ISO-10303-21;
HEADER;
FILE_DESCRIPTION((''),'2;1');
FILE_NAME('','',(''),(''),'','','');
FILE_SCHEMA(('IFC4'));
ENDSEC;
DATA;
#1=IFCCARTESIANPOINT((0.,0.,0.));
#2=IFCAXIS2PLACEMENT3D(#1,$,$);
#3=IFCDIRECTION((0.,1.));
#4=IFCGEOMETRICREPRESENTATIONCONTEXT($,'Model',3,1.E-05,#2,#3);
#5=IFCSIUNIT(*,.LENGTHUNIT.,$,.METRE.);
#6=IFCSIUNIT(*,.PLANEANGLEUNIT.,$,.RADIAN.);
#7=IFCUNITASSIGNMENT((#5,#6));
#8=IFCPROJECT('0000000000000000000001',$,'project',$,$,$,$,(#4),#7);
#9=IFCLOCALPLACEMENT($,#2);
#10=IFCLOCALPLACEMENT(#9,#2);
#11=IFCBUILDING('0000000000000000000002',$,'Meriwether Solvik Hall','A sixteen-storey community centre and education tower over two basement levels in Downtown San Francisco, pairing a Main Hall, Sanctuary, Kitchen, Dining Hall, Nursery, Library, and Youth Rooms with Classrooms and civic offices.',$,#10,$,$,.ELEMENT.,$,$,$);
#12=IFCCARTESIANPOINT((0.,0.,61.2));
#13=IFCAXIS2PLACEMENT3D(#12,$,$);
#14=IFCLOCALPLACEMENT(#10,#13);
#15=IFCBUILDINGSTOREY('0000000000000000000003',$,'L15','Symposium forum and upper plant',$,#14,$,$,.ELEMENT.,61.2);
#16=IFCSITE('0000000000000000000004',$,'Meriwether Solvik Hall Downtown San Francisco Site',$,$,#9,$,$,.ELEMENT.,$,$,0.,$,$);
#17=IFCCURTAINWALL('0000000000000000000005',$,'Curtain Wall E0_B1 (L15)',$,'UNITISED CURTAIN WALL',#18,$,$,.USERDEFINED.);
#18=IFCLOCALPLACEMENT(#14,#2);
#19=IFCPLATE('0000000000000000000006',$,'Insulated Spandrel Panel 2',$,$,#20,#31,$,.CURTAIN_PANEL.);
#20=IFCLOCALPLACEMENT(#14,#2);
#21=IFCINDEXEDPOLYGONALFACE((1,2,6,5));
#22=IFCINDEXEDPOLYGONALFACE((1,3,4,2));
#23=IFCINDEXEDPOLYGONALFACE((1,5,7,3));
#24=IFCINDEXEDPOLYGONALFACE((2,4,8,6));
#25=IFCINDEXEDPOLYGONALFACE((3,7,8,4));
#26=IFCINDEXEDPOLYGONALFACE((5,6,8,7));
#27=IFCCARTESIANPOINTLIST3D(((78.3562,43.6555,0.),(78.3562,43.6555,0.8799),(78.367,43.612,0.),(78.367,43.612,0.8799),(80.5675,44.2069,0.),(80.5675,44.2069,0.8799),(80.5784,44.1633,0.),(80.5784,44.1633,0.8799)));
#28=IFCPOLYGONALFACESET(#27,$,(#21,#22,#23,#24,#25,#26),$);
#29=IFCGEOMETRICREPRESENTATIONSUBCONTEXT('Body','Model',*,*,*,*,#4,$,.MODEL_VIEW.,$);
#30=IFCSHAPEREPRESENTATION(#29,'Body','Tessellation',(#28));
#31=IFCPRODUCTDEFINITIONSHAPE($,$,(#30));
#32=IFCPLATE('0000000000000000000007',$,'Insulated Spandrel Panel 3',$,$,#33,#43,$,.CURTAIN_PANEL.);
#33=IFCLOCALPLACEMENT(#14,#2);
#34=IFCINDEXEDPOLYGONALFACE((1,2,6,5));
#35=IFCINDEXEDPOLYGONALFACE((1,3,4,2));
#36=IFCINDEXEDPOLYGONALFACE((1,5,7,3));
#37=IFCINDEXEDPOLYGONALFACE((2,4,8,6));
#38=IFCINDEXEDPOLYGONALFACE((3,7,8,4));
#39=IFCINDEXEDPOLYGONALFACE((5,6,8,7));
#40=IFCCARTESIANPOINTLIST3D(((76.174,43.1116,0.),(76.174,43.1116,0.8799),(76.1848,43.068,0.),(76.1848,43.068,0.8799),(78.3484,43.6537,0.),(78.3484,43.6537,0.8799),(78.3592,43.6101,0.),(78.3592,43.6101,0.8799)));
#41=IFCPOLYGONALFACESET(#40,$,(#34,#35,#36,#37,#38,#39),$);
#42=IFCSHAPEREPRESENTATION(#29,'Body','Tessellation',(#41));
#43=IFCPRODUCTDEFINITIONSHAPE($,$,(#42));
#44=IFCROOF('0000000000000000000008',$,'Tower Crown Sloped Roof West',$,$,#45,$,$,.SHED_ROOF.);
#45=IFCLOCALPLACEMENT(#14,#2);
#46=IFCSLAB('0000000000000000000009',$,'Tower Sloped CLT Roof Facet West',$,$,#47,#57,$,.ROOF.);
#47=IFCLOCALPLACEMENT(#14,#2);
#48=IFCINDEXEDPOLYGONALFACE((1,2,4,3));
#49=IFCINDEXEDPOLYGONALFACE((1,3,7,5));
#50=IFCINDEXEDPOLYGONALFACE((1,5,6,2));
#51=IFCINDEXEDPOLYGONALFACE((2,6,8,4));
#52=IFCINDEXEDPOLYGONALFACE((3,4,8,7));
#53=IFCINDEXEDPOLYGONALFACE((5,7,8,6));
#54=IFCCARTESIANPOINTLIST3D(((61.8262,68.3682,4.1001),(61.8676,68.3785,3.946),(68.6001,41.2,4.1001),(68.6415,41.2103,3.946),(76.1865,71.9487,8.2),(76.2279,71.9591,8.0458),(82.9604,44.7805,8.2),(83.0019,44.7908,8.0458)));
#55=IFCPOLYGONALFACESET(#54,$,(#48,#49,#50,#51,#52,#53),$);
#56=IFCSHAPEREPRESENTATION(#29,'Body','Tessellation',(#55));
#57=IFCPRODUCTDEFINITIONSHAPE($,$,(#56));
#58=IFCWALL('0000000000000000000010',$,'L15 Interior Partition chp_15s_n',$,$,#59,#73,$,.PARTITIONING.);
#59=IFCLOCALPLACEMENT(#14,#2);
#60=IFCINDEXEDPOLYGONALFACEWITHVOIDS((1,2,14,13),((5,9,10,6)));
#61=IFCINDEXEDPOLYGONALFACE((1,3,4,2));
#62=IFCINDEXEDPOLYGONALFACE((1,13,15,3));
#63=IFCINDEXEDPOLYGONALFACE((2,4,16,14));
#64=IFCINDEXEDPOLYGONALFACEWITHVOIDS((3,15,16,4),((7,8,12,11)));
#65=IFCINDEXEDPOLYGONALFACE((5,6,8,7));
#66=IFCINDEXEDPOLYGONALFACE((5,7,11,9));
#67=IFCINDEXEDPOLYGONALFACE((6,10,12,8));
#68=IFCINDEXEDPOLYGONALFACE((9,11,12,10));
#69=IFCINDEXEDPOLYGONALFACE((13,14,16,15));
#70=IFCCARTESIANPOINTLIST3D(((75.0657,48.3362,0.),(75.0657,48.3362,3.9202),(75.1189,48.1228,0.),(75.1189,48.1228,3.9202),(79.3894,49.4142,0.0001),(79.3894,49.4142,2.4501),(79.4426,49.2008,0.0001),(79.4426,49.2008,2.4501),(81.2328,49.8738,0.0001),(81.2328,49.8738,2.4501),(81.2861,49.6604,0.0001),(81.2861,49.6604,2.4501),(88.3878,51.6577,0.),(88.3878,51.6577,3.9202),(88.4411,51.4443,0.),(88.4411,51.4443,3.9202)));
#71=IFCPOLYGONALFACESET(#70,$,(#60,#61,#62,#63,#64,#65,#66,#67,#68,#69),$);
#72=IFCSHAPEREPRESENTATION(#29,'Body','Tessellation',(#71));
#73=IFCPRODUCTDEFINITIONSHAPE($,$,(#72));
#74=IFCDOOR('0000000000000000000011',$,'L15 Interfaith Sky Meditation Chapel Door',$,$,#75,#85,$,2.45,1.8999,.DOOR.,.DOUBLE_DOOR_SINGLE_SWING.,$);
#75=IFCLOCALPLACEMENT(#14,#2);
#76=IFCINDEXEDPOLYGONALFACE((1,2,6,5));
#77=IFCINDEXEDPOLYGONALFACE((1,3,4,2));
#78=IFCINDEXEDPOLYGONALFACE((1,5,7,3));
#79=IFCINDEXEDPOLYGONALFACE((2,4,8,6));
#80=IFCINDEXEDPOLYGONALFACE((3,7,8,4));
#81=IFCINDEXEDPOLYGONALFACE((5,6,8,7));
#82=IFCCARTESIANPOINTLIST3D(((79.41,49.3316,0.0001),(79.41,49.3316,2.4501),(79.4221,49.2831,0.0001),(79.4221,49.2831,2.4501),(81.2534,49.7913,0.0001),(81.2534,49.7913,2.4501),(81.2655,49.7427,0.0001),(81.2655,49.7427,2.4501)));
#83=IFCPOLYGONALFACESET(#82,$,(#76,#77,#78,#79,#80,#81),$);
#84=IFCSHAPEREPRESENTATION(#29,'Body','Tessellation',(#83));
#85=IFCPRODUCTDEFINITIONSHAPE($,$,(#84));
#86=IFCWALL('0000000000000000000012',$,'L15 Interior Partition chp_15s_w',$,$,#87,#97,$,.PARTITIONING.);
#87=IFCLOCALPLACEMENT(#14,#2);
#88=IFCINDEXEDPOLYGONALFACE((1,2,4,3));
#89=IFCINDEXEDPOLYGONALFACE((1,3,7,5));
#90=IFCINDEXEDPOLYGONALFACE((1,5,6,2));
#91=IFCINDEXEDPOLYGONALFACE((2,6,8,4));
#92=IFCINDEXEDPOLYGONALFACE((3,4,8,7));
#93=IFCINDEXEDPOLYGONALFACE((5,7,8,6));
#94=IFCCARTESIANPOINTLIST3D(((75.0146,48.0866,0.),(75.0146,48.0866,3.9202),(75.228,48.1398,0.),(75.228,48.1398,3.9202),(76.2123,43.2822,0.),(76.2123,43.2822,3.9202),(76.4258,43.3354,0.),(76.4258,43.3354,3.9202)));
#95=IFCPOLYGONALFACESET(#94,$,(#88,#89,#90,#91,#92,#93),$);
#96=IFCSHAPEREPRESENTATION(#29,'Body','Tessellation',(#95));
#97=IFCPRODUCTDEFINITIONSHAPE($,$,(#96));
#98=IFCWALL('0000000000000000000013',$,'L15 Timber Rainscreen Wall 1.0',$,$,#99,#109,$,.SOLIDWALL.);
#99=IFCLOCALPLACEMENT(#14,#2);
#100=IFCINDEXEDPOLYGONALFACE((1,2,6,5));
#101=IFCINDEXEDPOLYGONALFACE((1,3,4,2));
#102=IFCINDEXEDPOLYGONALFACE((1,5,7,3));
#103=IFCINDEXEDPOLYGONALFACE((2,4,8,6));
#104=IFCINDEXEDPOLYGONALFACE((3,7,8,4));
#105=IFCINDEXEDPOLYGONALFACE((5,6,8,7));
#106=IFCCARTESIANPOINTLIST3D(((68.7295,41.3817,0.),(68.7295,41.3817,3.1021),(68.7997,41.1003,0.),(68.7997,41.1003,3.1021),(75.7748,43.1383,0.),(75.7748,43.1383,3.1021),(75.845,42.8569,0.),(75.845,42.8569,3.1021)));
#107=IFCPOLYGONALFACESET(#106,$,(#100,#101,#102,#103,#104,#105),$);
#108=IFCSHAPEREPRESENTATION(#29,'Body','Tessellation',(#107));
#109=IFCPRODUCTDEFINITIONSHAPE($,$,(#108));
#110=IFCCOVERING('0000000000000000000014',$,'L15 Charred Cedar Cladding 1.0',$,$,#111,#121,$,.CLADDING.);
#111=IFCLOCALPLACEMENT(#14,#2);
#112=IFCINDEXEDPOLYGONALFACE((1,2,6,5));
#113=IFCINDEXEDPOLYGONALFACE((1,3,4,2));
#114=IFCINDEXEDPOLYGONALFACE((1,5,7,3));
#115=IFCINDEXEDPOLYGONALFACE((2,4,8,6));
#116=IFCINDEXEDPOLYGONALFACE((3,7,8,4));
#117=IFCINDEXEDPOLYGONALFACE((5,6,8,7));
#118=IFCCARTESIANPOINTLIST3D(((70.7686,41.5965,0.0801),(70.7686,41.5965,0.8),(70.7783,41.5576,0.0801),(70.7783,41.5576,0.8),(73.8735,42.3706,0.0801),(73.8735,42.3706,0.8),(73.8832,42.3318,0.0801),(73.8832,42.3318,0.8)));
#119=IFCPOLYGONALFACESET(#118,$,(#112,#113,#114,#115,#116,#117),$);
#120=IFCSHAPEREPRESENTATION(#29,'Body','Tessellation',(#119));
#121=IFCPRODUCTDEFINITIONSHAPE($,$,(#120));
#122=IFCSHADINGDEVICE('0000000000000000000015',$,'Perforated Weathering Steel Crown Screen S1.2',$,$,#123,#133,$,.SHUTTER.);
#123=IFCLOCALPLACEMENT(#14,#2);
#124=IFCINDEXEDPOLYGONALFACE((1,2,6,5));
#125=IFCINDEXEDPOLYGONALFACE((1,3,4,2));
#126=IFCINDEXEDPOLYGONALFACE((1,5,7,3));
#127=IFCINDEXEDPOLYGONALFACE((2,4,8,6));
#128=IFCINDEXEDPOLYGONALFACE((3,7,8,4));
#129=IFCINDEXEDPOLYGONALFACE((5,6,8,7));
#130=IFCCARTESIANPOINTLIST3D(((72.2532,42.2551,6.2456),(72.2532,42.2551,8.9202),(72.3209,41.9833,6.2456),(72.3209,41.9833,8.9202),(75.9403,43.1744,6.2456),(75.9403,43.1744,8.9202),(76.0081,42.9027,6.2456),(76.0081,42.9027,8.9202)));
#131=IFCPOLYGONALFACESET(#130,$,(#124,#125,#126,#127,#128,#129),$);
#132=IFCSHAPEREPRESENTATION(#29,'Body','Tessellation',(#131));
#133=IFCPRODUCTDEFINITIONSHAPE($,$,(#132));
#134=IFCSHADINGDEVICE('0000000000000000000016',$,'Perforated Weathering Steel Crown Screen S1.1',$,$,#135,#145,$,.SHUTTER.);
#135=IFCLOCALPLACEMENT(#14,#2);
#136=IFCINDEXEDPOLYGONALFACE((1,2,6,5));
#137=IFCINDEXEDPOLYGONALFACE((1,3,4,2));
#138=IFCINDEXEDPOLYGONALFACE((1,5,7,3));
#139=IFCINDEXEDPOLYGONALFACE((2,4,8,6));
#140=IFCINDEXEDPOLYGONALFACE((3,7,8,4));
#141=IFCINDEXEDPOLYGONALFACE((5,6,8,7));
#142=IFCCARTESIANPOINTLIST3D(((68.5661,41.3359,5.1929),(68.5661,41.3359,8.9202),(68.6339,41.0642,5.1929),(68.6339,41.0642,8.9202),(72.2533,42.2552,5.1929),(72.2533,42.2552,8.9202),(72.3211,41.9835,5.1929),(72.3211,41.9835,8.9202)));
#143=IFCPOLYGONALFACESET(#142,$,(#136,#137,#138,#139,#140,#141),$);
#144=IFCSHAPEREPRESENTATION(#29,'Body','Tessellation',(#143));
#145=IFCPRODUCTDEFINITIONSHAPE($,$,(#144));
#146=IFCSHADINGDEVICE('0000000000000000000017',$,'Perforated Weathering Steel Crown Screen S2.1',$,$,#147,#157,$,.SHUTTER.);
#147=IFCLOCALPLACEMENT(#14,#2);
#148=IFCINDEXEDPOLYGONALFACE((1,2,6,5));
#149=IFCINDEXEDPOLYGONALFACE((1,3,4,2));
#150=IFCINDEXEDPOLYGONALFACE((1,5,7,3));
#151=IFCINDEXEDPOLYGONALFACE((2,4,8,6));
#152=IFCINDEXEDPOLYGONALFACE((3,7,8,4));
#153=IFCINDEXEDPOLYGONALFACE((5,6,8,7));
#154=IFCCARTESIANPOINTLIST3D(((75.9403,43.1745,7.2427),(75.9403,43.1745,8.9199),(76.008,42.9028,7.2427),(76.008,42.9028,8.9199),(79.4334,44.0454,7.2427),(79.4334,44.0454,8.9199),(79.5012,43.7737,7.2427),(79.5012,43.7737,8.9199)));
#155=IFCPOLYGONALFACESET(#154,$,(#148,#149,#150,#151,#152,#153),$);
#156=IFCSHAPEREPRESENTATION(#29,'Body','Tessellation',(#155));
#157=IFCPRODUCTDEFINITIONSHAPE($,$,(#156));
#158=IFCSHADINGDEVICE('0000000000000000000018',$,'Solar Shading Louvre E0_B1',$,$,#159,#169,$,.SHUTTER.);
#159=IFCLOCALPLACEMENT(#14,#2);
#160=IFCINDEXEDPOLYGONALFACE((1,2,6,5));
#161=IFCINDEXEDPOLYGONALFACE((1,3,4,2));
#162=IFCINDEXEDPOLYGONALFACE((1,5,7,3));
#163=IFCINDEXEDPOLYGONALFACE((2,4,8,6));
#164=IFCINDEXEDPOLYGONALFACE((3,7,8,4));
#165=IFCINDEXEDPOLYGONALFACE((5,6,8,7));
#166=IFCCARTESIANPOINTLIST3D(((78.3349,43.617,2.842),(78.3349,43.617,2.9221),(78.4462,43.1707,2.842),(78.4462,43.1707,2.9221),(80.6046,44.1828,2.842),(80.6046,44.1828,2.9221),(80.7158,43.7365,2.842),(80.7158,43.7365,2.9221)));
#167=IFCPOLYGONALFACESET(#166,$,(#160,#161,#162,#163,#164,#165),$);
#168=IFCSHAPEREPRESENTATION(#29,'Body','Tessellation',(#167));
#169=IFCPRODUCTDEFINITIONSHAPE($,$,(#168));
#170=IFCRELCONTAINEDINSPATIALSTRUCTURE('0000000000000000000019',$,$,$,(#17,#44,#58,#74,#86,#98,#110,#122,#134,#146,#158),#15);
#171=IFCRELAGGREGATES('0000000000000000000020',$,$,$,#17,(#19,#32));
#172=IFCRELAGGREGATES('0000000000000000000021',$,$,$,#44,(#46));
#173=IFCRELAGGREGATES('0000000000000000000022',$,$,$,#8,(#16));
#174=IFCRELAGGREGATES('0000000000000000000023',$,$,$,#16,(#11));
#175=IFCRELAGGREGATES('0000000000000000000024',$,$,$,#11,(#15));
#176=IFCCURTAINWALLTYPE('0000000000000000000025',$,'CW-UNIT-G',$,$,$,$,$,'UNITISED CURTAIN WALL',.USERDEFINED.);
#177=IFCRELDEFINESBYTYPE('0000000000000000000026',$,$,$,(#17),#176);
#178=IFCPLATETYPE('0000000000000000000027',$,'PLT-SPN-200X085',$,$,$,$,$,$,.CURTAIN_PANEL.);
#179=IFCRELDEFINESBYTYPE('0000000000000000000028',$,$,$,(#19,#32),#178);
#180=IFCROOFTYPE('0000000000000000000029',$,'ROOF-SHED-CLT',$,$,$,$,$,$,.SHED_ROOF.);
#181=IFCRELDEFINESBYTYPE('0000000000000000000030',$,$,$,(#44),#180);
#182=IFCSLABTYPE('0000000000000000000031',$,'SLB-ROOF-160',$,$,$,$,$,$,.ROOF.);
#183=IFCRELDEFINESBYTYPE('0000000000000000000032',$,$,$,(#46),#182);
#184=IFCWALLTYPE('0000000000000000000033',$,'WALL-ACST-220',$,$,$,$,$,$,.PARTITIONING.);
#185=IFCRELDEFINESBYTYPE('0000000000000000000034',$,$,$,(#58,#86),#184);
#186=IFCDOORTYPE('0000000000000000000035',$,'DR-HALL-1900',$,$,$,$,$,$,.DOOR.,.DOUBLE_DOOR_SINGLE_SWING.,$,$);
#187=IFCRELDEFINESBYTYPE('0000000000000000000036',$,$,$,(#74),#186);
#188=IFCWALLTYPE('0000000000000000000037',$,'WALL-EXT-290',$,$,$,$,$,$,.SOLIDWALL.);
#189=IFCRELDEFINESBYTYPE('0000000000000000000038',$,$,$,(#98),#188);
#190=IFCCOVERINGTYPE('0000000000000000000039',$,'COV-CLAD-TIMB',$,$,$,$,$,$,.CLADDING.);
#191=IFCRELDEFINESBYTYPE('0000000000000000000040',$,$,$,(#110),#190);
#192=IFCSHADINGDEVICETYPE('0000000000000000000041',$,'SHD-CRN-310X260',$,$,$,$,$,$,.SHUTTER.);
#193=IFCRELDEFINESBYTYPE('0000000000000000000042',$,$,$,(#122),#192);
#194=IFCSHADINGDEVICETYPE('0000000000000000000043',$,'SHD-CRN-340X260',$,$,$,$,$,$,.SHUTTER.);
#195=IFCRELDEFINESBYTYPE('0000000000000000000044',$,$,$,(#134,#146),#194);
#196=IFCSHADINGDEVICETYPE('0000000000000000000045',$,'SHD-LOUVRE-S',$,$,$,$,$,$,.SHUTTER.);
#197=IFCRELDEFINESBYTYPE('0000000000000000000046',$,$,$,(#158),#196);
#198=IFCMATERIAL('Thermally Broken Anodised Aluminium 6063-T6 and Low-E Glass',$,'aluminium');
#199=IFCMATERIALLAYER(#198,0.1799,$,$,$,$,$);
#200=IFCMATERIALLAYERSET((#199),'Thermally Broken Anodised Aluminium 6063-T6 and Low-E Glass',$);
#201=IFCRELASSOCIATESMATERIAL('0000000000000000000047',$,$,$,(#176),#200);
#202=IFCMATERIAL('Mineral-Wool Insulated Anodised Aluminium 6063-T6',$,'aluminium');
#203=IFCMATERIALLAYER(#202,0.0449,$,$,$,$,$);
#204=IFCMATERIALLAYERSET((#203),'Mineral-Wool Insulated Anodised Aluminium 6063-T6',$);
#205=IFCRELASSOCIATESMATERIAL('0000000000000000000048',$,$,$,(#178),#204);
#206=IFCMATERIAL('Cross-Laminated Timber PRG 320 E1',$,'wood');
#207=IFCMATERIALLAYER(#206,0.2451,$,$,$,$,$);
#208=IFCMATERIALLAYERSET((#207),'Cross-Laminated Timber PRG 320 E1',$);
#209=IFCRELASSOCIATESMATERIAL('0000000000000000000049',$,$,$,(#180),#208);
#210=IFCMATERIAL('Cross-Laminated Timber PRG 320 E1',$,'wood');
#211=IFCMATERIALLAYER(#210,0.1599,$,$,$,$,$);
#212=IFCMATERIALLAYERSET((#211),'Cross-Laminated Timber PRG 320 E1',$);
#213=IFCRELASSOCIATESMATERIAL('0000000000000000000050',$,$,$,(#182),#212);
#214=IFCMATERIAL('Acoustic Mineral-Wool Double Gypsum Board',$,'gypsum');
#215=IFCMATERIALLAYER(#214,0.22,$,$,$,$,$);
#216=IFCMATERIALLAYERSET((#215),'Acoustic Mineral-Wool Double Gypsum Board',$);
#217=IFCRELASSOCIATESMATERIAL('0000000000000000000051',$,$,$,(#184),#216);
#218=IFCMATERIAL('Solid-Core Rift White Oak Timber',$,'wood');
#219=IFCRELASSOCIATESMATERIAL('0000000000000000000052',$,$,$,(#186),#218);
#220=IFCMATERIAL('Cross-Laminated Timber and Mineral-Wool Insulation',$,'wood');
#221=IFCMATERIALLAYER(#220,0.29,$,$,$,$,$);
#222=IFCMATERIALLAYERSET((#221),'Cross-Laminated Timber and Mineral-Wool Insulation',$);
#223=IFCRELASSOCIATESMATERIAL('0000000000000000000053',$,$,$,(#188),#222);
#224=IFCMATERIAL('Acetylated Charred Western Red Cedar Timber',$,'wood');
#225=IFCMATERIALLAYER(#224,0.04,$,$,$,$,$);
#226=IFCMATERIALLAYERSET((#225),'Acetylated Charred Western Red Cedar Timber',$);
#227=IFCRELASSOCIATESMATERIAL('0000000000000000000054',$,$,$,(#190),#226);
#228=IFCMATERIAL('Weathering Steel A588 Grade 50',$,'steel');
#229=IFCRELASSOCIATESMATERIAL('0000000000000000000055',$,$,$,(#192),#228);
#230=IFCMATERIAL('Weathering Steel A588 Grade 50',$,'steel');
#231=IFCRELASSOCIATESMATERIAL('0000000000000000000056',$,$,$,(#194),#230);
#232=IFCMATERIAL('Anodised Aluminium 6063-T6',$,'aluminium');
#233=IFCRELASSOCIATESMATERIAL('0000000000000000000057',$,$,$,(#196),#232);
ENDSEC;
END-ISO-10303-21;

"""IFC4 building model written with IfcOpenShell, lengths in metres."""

from ifc_helpers import new_model, si_unit, direction, frame, frame_2d, origin, origin_2d, place, context, subcontext, project, spatial, polyline, rectangle, outline, extrude, material, layer, layer_set, type_object, element, fill, aggregate, save


model = new_model("IFC4")

# Units and contexts
model_context = context("Model", 3, precision=1e-05, world=origin(), true_north=direction((0.0, 1.0)))
body_context = subcontext(model_context, "Body", "Model", "MODEL_VIEW")
ifc_project = project(units=[si_unit("LENGTHUNIT", "METRE"), si_unit("PLANEANGLEUNIT", "RADIAN")], contexts=[model_context])

# Site, building, storey
site_placement = place(None, origin())
site = spatial("IfcSite", under=ifc_project, at=site_placement, Name="Meriwether Solvik Hall Downtown San Francisco Site", CompositionType="ELEMENT", RefElevation=0.0)
building_placement = place(site_placement, origin())
building = spatial("IfcBuilding", under=site, at=building_placement, Name="Meriwether Solvik Hall", Description="A sixteen-storey community centre and education tower over two basement levels in Downtown San Francisco, pairing a Main Hall, Sanctuary, Kitchen, Dining Hall, Nursery, Library, and Youth Rooms with Classrooms and civic offices.", CompositionType="ELEMENT")
storey_placement = place(building_placement, frame((0.0, 0.0, 61.2)))
storey = spatial("IfcBuildingStorey", under=building, at=storey_placement, Name="L15", Description="Symposium forum and upper plant", CompositionType="ELEMENT", Elevation=61.2)

# Curtain wall
ifc_material_1 = material(Name="Thermally Broken Anodised Aluminium 6063-T6 and Low-E Glass", Category="aluminium")
ifc_layer_1 = layer(ifc_material_1, 0.1799)
ifc_layer_set_1 = layer_set([ifc_layer_1], Name="Thermally Broken Anodised Aluminium 6063-T6 and Low-E Glass")
curtain_wall_type = type_object("IfcCurtainWallType", Name="CW-UNIT-G", ElementType="UNITISED CURTAIN WALL", PredefinedType="USERDEFINED", material=ifc_layer_set_1)
curtain_wall_placement = place(storey_placement, origin())
curtain_wall = element("IfcCurtainWall", 1, at=curtain_wall_placement, inside=storey, type_object=curtain_wall_type, Name="Curtain Wall E0_B1 (L15)", ObjectType="UNITISED CURTAIN WALL", PredefinedType="USERDEFINED")

# Plates
ifc_material_2 = material(Name="Mineral-Wool Insulated Anodised Aluminium 6063-T6", Category="aluminium")
ifc_layer_2 = layer(ifc_material_2, 0.0449)
ifc_layer_set_2 = layer_set([ifc_layer_2], Name="Mineral-Wool Insulated Anodised Aluminium 6063-T6")
plate_type_1 = type_object("IfcPlateType", Name="PLT-SPN-200X085", PredefinedType="CURTAIN_PANEL", material=ifc_layer_set_2)
plate_1_placement = place(storey_placement, frame((79.4673, 43.9094, 0.0), z_axis=(0.0, 0.0, 1.0), x_axis=(-0.970296, -0.241922, 0.0)))
plate_1 = element("IfcPlate", 2, at=plate_1_placement, type_object=plate_type_1, Name="Insulated Spandrel Panel 2", PredefinedType="CURTAIN_PANEL", context=body_context, shape_type="SweptSolid", body=[
    extrude(rectangle(XDim=2.2791, YDim=0.0449, at=origin_2d()), origin(), (0.0, 0.0, 1.0), 0.8799),
])
plate_2_placement = place(storey_placement, frame((77.2666, 43.3608, 0.0), z_axis=(0.0, 0.0, 1.0), x_axis=(-0.970296, -0.241922, 0.0)))
plate_2 = element("IfcPlate", 3, at=plate_2_placement, type_object=plate_type_1, Name="Insulated Spandrel Panel 3", PredefinedType="CURTAIN_PANEL", context=body_context, shape_type="SweptSolid", body=[
    extrude(rectangle(XDim=2.241, YDim=0.0449, at=origin_2d()), origin(), (0.0, 0.0, 1.0), 0.8799),
])
aggregate(curtain_wall, [plate_1, plate_2])

# Roof, slab
ifc_material_3 = material(Name="Cross-Laminated Timber PRG 320 E1", Category="wood")
ifc_layer_3 = layer(ifc_material_3, 0.2451)
ifc_layer_set_3 = layer_set([ifc_layer_3], Name="Cross-Laminated Timber PRG 320 E1")
roof_type = type_object("IfcRoofType", Name="ROOF-SHED-CLT", PredefinedType="SHED_ROOF", material=ifc_layer_set_3)
roof_placement = place(storey_placement, origin())
roof = element("IfcRoof", 4, at=roof_placement, inside=storey, type_object=roof_type, Name="Tower Crown Sloped Roof West", PredefinedType="SHED_ROOF")
ifc_material_4 = material(Name="Cross-Laminated Timber PRG 320 E1", Category="wood")
ifc_layer_4 = layer(ifc_material_4, 0.1599)
ifc_layer_set_4 = layer_set([ifc_layer_4], Name="Cross-Laminated Timber PRG 320 E1")
slab_type = type_object("IfcSlabType", Name="SLB-ROOF-160", PredefinedType="ROOF", material=ifc_layer_set_4)
slab_placement = place(storey_placement, frame((68.6001, 41.2, 4.1001), z_axis=(-0.259033, -0.064585, 0.963707), x_axis=(0.935079, 0.23315, 0.266963)))
slab = element("IfcSlab", 5, at=slab_placement, type_object=slab_type, Name="Tower Sloped CLT Roof Facet West", PredefinedType="ROOF", context=body_context, shape_type="SweptSolid", body=[
    extrude(outline(polyline([(0.0, 0.0), (15.3574, 0.0), (15.3575, 28.0), (0.0001, 28.0), (0.0, 0.0)])), origin(), (0.0, 0.0, -1.0), 0.1599),
])
aggregate(roof, [slab])

# Wall, opening, door
ifc_material_5 = material(Name="Acoustic Mineral-Wool Double Gypsum Board", Category="gypsum")
ifc_layer_5 = layer(ifc_material_5, 0.22)
ifc_layer_set_5 = layer_set([ifc_layer_5], Name="Acoustic Mineral-Wool Double Gypsum Board")
wall_type_1 = type_object("IfcWallType", Name="WALL-ACST-220", PredefinedType="PARTITIONING", material=ifc_layer_set_5)
wall_1_placement = place(storey_placement, frame((75.0923, 48.2295, 0.0), z_axis=(0.0, 0.0, 1.0), x_axis=(0.970297, 0.241916, 0.0)))
wall_1 = element("IfcWall", 6, at=wall_1_placement, inside=storey, type_object=wall_type_1, Name="L15 Interior Partition chp_15s_n", PredefinedType="PARTITIONING", context=body_context, shape_type="SweptSolid", body=[
    extrude(rectangle(XDim=13.73, YDim=0.22, at=frame_2d((6.865, 0.0))), origin(), (0.0, 0.0, 1.0), 3.9202),
])
opening_placement = place(wall_1_placement, frame((4.4561, 0.0, 0.0)))
opening = element("IfcOpeningElement", 7, at=opening_placement, cuts=wall_1, PredefinedType="OPENING", context=body_context, shape_type="SweptSolid", body=[
    extrude(rectangle(XDim=1.8999, YDim=2.45, at=frame_2d((0.95, 1.2251))), frame((0.0, 0.1221, 0.0), z_axis=(0.0, -1.0, 0.0), x_axis=(1.0, 0.0, 0.0)), (0.0, 0.0, 1.0), 0.2439),
])
ifc_material_6 = material(Name="Solid-Core Rift White Oak Timber", Category="wood")
door_type = type_object("IfcDoorType", Name="DR-HALL-1900", OperationType="DOUBLE_DOOR_SINGLE_SWING", PredefinedType="DOOR", material=ifc_material_6)
door_placement = place(opening_placement, origin())
door = element("IfcDoor", 8, at=door_placement, inside=storey, type_object=door_type, Name="L15 Interfaith Sky Meditation Chapel Door", OperationType="DOUBLE_DOOR_SINGLE_SWING", OverallHeight=2.45, OverallWidth=1.8999, PredefinedType="DOOR", context=body_context, shape_type="SweptSolid", body=[
    extrude(rectangle(XDim=1.8999, YDim=2.45, at=frame_2d((0.95, 1.2251))), frame((0.0, 0.0249, 0.0), z_axis=(0.0, -1.0, 0.0), x_axis=(1.0, 0.0, 0.0)), (0.0, 0.0, 1.0), 0.05),
])
fill(opening, door)

# Walls
wall_2_placement = place(storey_placement, frame((75.1213, 48.113, 0.0), z_axis=(0.0, 0.0, 1.0), x_axis=(0.241897, -0.970302, 0.0)))
element("IfcWall", 9, at=wall_2_placement, inside=storey, type_object=wall_type_1, Name="L15 Interior Partition chp_15s_w", PredefinedType="PARTITIONING", context=body_context, shape_type="SweptSolid", body=[
    extrude(rectangle(XDim=4.9514, YDim=0.22, at=frame_2d((2.4756, 0.0))), origin(), (0.0, 0.0, 1.0), 3.9202),
])
ifc_material_7 = material(Name="Cross-Laminated Timber and Mineral-Wool Insulation", Category="wood")
ifc_layer_6 = layer(ifc_material_7, 0.29)
ifc_layer_set_6 = layer_set([ifc_layer_6], Name="Cross-Laminated Timber and Mineral-Wool Insulation")
wall_type_2 = type_object("IfcWallType", Name="WALL-EXT-290", PredefinedType="SOLIDWALL", material=ifc_layer_set_6)
wall_3_placement = place(storey_placement, frame((75.8098, 42.9976, 0.0), z_axis=(0.0, 0.0, 1.0), x_axis=(-0.970297, -0.241918, 0.0)))
element("IfcWall", 10, at=wall_3_placement, inside=storey, type_object=wall_type_2, Name="L15 Timber Rainscreen Wall 1.0", PredefinedType="SOLIDWALL", context=body_context, shape_type="SweptSolid", body=[
    extrude(rectangle(XDim=7.261, YDim=0.29, at=frame_2d((3.6304, 0.0))), origin(), (0.0, 0.0, 1.0), 3.1021),
])

# Covering
ifc_material_8 = material(Name="Acetylated Charred Western Red Cedar Timber", Category="wood")
ifc_layer_7 = layer(ifc_material_8, 0.04)
ifc_layer_set_7 = layer_set([ifc_layer_7], Name="Acetylated Charred Western Red Cedar Timber")
covering_type = type_object("IfcCoveringType", Name="COV-CLAD-TIMB", PredefinedType="CLADDING", material=ifc_layer_set_7)
covering_placement = place(storey_placement, frame((72.3259, 41.9641, 0.0801), z_axis=(0.0, 0.0, 1.0), x_axis=(-0.970296, -0.241922, 0.0)))
element("IfcCovering", 11, at=covering_placement, inside=storey, type_object=covering_type, Name="L15 Charred Cedar Cladding 1.0", PredefinedType="CLADDING", context=body_context, shape_type="SweptSolid", body=[
    extrude(rectangle(XDim=3.2, YDim=0.04, at=origin_2d()), origin(), (0.0, 0.0, 1.0), 0.72),
])

# Shading devices
ifc_material_9 = material(Name="Weathering Steel A588 Grade 50", Category="steel")
shading_device_type_1 = type_object("IfcShadingDeviceType", Name="SHD-CRN-310X260", PredefinedType="SHUTTER", material=ifc_material_9)
shading_device_1_placement = place(storey_placement, frame((74.1306, 42.5789, 6.2456), z_axis=(0.0, 0.0, 1.0), x_axis=(0.970296, 0.241922, 0.0)))
element("IfcShadingDevice", 12, at=shading_device_1_placement, inside=storey, type_object=shading_device_type_1, Name="Perforated Weathering Steel Crown Screen S1.2", PredefinedType="SHUTTER", context=body_context, shape_type="SweptSolid", body=[
    extrude(rectangle(XDim=3.8, YDim=0.28, at=origin_2d()), origin(), (0.0, 0.0, 1.0), 2.6746),
])
ifc_material_10 = material(Name="Weathering Steel A588 Grade 50", Category="steel")
shading_device_type_2 = type_object("IfcShadingDeviceType", Name="SHD-CRN-340X260", PredefinedType="SHUTTER", material=ifc_material_10)
shading_device_2_placement = place(storey_placement, frame((70.4436, 41.6597, 5.1929), z_axis=(0.0, 0.0, 1.0), x_axis=(0.970296, 0.241922, 0.0)))
element("IfcShadingDevice", 13, at=shading_device_2_placement, inside=storey, type_object=shading_device_type_2, Name="Perforated Weathering Steel Crown Screen S1.1", PredefinedType="SHUTTER", context=body_context, shape_type="SweptSolid", body=[
    extrude(rectangle(XDim=3.8, YDim=0.28, at=origin_2d()), origin(), (0.0, 0.0, 1.0), 3.7273),
])
shading_device_3_placement = place(storey_placement, frame((77.7207, 43.4741, 7.2427), z_axis=(0.0, 0.0, 1.0), x_axis=(0.970296, 0.241922, 0.0)))
element("IfcShadingDevice", 14, at=shading_device_3_placement, inside=storey, type_object=shading_device_type_2, Name="Perforated Weathering Steel Crown Screen S2.1", PredefinedType="SHUTTER", context=body_context, shape_type="SweptSolid", body=[
    extrude(rectangle(XDim=3.6001, YDim=0.28, at=origin_2d()), origin(), (0.0, 0.0, 1.0), 1.6772),
])
ifc_material_11 = material(Name="Anodised Aluminium 6063-T6", Category="aluminium")
shading_device_type_3 = type_object("IfcShadingDeviceType", Name="SHD-LOUVRE-S", PredefinedType="SHUTTER", material=ifc_material_11)
shading_device_4_placement = place(storey_placement, frame((79.5254, 43.6768, 2.842), z_axis=(0.0, 0.0, 1.0), x_axis=(-0.970296, -0.241922, 0.0)))
element("IfcShadingDevice", 15, at=shading_device_4_placement, inside=storey, type_object=shading_device_type_3, Name="Solar Shading Louvre E0_B1", PredefinedType="SHUTTER", context=body_context, shape_type="SweptSolid", body=[
    extrude(rectangle(XDim=2.3391, YDim=0.46, at=origin_2d()), origin(), (0.0, 0.0, 1.0), 0.0801),
])

save(model, "model.ifc")
